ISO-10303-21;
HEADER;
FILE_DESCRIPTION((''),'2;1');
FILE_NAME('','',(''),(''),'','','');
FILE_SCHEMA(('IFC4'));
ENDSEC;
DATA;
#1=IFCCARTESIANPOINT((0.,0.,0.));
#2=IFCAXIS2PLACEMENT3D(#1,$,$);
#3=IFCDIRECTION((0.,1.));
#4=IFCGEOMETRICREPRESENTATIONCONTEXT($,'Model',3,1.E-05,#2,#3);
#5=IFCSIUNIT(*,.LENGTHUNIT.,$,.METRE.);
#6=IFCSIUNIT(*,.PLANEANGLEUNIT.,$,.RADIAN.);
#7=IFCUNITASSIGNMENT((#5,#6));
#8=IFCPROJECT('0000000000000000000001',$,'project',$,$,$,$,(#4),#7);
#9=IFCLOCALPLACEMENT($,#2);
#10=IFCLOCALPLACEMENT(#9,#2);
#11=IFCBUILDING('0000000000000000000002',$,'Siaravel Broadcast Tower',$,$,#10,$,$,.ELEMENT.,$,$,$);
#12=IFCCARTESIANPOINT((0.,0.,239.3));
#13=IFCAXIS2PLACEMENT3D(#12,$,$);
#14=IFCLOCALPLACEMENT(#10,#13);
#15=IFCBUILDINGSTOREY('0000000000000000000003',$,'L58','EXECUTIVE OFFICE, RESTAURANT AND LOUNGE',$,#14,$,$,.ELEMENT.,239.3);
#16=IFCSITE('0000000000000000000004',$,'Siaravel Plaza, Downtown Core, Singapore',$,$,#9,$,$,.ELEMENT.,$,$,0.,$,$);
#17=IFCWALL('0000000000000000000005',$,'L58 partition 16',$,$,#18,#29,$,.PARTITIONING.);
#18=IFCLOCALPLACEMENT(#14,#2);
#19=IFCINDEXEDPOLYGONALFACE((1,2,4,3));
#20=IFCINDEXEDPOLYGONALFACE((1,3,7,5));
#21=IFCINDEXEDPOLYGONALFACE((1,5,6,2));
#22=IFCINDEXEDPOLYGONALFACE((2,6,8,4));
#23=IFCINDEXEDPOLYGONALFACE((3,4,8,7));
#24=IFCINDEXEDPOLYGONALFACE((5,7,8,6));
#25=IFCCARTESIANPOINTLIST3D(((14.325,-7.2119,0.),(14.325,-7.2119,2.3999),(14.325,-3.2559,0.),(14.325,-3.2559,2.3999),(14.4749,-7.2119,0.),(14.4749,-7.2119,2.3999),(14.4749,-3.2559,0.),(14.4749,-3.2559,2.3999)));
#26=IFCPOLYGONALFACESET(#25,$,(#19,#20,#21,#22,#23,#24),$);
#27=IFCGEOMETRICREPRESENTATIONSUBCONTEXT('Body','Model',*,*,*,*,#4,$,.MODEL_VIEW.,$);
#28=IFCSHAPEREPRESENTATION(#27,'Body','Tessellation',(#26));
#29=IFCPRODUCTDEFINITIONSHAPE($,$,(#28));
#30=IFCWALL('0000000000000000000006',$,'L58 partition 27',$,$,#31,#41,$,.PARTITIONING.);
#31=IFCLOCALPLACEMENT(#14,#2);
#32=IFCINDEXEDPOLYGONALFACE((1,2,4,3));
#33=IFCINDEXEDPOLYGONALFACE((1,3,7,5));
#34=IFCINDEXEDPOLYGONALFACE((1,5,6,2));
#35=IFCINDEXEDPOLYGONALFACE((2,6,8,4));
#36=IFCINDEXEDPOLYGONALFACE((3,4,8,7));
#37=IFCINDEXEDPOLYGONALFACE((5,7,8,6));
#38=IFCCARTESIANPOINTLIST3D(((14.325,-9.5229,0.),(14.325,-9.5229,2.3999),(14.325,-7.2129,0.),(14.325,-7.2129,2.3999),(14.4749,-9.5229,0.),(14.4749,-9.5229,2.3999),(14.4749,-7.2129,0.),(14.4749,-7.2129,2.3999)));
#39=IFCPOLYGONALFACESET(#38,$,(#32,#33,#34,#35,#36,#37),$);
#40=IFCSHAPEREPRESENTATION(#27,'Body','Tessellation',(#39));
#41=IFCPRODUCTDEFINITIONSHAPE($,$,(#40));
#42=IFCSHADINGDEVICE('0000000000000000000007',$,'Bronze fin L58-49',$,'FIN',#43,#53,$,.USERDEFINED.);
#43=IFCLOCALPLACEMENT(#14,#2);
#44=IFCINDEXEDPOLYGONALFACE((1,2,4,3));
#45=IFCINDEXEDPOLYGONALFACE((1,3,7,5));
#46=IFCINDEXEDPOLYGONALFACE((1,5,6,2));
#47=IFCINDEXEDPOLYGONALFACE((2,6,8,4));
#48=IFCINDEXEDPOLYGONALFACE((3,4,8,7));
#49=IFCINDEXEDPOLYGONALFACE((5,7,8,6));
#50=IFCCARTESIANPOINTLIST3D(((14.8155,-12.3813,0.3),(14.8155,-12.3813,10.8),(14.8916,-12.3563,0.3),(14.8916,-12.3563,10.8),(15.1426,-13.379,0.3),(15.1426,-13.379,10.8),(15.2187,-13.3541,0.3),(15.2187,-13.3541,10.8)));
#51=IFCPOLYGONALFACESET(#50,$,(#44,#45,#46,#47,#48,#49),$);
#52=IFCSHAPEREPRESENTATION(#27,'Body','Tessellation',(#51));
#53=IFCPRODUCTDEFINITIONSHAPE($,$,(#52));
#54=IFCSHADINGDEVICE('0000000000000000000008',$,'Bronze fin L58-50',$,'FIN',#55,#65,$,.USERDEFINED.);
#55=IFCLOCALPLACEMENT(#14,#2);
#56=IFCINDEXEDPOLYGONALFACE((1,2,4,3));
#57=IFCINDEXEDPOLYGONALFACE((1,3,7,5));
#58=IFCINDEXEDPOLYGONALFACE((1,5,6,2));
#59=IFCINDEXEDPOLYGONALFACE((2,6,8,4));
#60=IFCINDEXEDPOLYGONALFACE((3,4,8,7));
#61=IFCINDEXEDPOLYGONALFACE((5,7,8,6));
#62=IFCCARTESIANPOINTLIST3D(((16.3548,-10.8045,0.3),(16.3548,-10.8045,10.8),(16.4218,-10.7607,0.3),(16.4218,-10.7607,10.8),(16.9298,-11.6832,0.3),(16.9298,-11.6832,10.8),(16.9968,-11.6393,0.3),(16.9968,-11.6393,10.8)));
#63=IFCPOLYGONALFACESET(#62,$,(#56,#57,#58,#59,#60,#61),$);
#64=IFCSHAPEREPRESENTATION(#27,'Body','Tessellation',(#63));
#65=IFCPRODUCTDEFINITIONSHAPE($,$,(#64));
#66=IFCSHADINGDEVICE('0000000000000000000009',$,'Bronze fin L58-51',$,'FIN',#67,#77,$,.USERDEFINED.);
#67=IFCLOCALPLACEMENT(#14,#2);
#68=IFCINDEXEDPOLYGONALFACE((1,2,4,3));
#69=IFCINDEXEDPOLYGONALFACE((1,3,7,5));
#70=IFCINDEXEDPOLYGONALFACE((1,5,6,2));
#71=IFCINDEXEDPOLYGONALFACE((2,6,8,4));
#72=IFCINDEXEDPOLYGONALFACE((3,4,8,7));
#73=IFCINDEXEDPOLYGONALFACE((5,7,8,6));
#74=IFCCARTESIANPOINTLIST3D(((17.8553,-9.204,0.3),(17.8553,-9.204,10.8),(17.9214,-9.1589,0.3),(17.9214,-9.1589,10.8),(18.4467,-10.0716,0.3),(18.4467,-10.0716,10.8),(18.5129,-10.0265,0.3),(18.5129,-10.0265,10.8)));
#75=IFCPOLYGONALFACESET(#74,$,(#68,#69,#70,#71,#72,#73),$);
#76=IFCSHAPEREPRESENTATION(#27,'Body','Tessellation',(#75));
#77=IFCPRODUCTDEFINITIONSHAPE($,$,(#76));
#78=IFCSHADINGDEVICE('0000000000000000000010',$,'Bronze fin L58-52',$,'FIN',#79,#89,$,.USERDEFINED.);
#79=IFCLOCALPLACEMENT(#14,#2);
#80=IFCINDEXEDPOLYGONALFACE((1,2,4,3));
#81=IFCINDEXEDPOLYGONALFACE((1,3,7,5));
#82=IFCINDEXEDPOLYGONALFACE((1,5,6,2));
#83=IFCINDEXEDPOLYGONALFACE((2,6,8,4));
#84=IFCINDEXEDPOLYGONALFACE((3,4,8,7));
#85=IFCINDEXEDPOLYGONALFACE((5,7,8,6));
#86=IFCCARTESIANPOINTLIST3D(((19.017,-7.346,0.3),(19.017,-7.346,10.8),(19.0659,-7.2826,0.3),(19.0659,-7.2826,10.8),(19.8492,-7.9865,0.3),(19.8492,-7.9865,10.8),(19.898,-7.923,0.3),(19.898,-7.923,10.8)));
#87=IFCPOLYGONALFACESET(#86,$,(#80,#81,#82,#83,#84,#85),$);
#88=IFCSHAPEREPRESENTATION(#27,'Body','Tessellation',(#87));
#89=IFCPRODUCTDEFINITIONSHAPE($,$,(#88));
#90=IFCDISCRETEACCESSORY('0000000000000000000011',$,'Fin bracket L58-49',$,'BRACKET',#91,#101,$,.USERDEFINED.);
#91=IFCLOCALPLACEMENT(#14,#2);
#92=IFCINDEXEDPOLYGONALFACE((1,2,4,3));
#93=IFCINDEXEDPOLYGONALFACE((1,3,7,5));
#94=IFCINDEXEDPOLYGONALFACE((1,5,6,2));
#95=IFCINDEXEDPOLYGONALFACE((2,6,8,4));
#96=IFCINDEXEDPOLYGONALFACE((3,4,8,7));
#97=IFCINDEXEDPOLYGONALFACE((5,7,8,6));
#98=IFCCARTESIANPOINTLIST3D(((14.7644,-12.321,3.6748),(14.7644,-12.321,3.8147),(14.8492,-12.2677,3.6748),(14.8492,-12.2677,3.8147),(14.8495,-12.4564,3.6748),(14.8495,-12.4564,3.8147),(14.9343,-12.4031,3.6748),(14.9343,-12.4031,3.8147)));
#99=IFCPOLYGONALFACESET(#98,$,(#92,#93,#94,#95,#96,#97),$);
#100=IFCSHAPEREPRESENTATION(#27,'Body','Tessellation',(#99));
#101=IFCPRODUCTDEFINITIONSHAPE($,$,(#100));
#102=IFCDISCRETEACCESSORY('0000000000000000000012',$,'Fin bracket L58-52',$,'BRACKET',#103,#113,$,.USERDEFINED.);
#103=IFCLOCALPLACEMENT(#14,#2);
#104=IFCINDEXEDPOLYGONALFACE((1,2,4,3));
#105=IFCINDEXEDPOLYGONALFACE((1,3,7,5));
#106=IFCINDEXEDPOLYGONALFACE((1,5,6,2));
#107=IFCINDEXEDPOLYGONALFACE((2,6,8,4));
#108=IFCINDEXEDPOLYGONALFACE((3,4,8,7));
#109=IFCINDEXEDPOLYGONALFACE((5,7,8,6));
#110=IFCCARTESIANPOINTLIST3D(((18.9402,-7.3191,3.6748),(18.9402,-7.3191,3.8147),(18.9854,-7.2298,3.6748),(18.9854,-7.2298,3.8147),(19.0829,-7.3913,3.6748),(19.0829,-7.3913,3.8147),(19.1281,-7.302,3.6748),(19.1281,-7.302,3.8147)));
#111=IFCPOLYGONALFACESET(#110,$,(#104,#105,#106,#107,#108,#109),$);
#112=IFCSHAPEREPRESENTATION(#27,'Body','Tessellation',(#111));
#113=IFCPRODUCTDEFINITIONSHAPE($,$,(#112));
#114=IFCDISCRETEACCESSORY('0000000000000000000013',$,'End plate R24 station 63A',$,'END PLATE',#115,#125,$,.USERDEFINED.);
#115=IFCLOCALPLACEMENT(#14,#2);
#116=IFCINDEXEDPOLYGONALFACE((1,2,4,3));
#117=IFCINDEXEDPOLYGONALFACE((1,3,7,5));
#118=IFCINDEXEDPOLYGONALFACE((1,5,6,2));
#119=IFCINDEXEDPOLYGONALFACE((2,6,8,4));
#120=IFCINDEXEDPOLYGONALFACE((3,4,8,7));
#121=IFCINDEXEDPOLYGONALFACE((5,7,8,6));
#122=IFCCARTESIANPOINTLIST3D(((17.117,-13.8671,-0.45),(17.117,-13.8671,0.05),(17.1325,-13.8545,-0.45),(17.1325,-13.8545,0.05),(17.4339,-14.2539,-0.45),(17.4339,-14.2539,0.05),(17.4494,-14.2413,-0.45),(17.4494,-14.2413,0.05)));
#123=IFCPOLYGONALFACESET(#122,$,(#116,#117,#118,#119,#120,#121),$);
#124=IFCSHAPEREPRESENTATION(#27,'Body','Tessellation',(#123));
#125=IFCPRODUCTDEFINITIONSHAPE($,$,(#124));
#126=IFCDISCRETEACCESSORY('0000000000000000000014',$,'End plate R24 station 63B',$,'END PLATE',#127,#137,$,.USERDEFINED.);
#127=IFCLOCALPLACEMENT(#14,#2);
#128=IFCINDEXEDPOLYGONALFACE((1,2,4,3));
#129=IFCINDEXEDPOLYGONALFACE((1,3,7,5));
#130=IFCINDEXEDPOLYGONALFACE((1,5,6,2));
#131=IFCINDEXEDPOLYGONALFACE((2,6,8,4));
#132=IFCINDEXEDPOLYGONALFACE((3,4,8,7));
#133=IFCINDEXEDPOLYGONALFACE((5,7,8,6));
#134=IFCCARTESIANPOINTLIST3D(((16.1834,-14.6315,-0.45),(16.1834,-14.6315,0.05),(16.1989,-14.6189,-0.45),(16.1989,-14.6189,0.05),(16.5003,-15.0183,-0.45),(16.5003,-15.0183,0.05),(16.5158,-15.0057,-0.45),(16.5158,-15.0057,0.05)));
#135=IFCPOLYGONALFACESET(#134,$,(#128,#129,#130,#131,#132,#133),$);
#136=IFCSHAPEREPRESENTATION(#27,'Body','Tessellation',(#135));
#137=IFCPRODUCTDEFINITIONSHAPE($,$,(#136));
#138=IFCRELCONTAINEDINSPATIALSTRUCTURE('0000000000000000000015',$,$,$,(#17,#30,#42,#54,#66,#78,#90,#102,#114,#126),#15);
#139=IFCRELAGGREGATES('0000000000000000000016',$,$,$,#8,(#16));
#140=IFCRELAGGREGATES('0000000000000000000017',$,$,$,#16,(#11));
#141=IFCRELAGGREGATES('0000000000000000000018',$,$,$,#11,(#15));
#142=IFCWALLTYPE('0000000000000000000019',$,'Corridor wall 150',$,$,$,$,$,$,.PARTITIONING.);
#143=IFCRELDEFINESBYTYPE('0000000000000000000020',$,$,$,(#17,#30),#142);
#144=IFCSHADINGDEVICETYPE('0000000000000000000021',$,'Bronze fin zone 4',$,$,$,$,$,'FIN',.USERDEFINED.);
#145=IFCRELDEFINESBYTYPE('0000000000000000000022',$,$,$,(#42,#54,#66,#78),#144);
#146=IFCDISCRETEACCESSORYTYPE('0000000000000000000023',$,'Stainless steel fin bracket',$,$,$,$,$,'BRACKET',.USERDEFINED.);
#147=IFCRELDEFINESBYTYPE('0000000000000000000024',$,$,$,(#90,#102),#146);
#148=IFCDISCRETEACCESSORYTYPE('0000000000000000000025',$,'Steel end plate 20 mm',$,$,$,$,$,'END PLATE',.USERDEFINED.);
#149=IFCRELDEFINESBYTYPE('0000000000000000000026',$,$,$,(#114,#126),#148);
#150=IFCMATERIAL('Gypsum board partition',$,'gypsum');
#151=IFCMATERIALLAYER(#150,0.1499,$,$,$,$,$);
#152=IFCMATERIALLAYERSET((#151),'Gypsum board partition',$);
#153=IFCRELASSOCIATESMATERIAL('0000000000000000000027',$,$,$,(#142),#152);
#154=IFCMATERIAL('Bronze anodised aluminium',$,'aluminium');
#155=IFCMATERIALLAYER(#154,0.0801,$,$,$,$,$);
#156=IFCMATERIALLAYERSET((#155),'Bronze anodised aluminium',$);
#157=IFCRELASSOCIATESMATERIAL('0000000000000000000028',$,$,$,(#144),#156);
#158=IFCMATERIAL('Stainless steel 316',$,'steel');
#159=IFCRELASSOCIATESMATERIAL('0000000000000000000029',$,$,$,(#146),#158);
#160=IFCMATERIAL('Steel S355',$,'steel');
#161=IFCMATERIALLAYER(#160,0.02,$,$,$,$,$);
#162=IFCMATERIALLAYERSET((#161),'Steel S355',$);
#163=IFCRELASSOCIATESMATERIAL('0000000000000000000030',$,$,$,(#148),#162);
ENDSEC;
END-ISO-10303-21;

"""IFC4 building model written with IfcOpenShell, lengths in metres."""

from ifc_helpers import new_model, si_unit, direction, frame, frame_2d, origin, origin_2d, place, context, subcontext, project, spatial, rectangle, extrude, material, layer, layer_set, type_object, element, save


model = new_model("IFC4")

# Units and contexts
model_context = context("Model", 3, precision=1e-05, world=origin(), true_north=direction((0.0, 1.0)))
body_context = subcontext(model_context, "Body", "Model", "MODEL_VIEW")
ifc_project = project(units=[si_unit("LENGTHUNIT", "METRE"), si_unit("PLANEANGLEUNIT", "RADIAN")], contexts=[model_context])

# Site, building, storey
site_placement = place(None, origin())
site = spatial("IfcSite", under=ifc_project, at=site_placement, Name="Siaravel Plaza, Downtown Core, Singapore", CompositionType="ELEMENT", RefElevation=0.0)
building_placement = place(site_placement, origin())
building = spatial("IfcBuilding", under=site, at=building_placement, Name="Siaravel Broadcast Tower", CompositionType="ELEMENT")
storey_placement = place(building_placement, frame((0.0, 0.0, 239.3)))
storey = spatial("IfcBuildingStorey", under=building, at=storey_placement, Name="L58", Description="EXECUTIVE OFFICE, RESTAURANT AND LOUNGE", CompositionType="ELEMENT", Elevation=239.3)

# Shared definitions
ifc_material_1 = material(Name="Steel S355", Category="steel")

# Walls
ifc_material_2 = material(Name="Gypsum board partition", Category="gypsum")
ifc_layer_1 = layer(ifc_material_2, 0.1499)
ifc_layer_set_1 = layer_set([ifc_layer_1], Name="Gypsum board partition")
wall_type = type_object("IfcWallType", Name="Corridor wall 150", PredefinedType="PARTITIONING", material=ifc_layer_set_1)
wall_1_placement = place(storey_placement, frame((14.3999, -7.2119, 0.0), z_axis=(0.0, 0.0, 1.0), x_axis=(0.0, 1.0, 0.0)))
element("IfcWall", 1, at=wall_1_placement, inside=storey, type_object=wall_type, Name="L58 partition 16", PredefinedType="PARTITIONING", context=body_context, shape_type="SweptSolid", body=[
    extrude(rectangle(XDim=3.9561, YDim=0.1499, at=frame_2d((1.978, 0.0))), origin(), (0.0, 0.0, 1.0), 2.3999),
])
wall_2_placement = place(storey_placement, frame((14.3999, -9.5229, 0.0), z_axis=(0.0, 0.0, 1.0), x_axis=(0.0, 1.0, 0.0)))
element("IfcWall", 2, at=wall_2_placement, inside=storey, type_object=wall_type, Name="L58 partition 27", PredefinedType="PARTITIONING", context=body_context, shape_type="SweptSolid", body=[
    extrude(rectangle(XDim=2.3101, YDim=0.1499, at=frame_2d((1.155, 0.0))), origin(), (0.0, 0.0, 1.0), 2.3999),
])

# Shading devices
ifc_material_3 = material(Name="Bronze anodised aluminium", Category="aluminium")
ifc_layer_2 = layer(ifc_material_3, 0.0801)
ifc_layer_set_2 = layer_set([ifc_layer_2], Name="Bronze anodised aluminium")
shading_device_type = type_object("IfcShadingDeviceType", Name="Bronze fin zone 4", ElementType="FIN", PredefinedType="USERDEFINED", material=ifc_layer_set_2)
for number, where, z_axis, x_axis, name in (
    (3, (15.0171, -12.8677, 0.3), (0.0, 0.0, 1.0), (0.311544, -0.950232, 0.0), "Bronze fin L58-49"),
    (4, (16.6758, -11.2219, 0.3), (0.0, 0.0, 1.0), (0.547613, -0.836732, 0.0), "Bronze fin L58-50"),
    (5, (18.1841, -9.6152, 0.3), (0.0, 0.0, 1.0), (0.563301, -0.826252, 0.0), "Bronze fin L58-51"),
    (6, (19.4575, -7.6345, 0.3), (0.0, 0.0, 1.0), (0.792492, -0.609882, 0.0), "Bronze fin L58-52"),
):
    element("IfcShadingDevice", number, at=place(storey_placement, frame(where, z_axis=z_axis, x_axis=x_axis)), inside=storey, type_object=shading_device_type, Name=name, ObjectType="FIN", PredefinedType="USERDEFINED", context=body_context, shape_type="SweptSolid", body=[
        extrude(rectangle(XDim=1.05, YDim=0.0801, at=origin_2d()), origin(), (0.0, 0.0, 1.0), 10.5),
    ])

# Discrete accessories
ifc_material_4 = material(Name="Stainless steel 316", Category="steel")
discrete_accessory_type_1 = type_object("IfcDiscreteAccessoryType", Name="Stainless steel fin bracket", ElementType="BRACKET", PredefinedType="USERDEFINED", material=ifc_material_4)
for number, where, z_axis, x_axis, name in (
    (7, (14.8494, -12.3621, 3.6748), (0.0, 0.0, 1.0), (0.532151, -0.84665, 0.0), "Fin bracket L58-49"),
    (8, (19.0342, -7.3105, 3.6748), (0.0, 0.0, 1.0), (0.892393, -0.451259, 0.0), "Fin bracket L58-52"),
):
    element("IfcDiscreteAccessory", number, at=place(storey_placement, frame(where, z_axis=z_axis, x_axis=x_axis)), inside=storey, type_object=discrete_accessory_type_1, Name=name, ObjectType="BRACKET", PredefinedType="USERDEFINED", context=body_context, shape_type="SweptSolid", body=[
        extrude(rectangle(XDim=0.1599, YDim=0.1001, at=origin_2d()), origin(), (0.0, 0.0, 1.0), 0.1399),
    ])
ifc_layer_3 = layer(ifc_material_1, 0.02)
ifc_layer_set_3 = layer_set([ifc_layer_3], Name="Steel S355")
discrete_accessory_type_2 = type_object("IfcDiscreteAccessoryType", Name="Steel end plate 20 mm", ElementType="END PLATE", PredefinedType="USERDEFINED", material=ifc_layer_set_3)
for number, where, z_axis, x_axis, name in (
    (9, (17.2832, -14.0542, -0.45), (0.0, 0.0, 1.0), (0.773605, 0.633669, 0.0), "End plate R24 station 63A"),
    (10, (16.3496, -14.8186, -0.45), (0.0, 0.0, 1.0), (0.773605, 0.633669, 0.0), "End plate R24 station 63B"),
):
    element("IfcDiscreteAccessory", number, at=place(storey_placement, frame(where, z_axis=z_axis, x_axis=x_axis)), inside=storey, type_object=discrete_accessory_type_2, Name=name, ObjectType="END PLATE", PredefinedType="USERDEFINED", context=body_context, shape_type="SweptSolid", body=[
        extrude(rectangle(XDim=0.02, YDim=0.5, at=origin_2d()), origin(), (0.0, 0.0, 1.0), 0.5),
    ])

save(model, "model.ifc")
